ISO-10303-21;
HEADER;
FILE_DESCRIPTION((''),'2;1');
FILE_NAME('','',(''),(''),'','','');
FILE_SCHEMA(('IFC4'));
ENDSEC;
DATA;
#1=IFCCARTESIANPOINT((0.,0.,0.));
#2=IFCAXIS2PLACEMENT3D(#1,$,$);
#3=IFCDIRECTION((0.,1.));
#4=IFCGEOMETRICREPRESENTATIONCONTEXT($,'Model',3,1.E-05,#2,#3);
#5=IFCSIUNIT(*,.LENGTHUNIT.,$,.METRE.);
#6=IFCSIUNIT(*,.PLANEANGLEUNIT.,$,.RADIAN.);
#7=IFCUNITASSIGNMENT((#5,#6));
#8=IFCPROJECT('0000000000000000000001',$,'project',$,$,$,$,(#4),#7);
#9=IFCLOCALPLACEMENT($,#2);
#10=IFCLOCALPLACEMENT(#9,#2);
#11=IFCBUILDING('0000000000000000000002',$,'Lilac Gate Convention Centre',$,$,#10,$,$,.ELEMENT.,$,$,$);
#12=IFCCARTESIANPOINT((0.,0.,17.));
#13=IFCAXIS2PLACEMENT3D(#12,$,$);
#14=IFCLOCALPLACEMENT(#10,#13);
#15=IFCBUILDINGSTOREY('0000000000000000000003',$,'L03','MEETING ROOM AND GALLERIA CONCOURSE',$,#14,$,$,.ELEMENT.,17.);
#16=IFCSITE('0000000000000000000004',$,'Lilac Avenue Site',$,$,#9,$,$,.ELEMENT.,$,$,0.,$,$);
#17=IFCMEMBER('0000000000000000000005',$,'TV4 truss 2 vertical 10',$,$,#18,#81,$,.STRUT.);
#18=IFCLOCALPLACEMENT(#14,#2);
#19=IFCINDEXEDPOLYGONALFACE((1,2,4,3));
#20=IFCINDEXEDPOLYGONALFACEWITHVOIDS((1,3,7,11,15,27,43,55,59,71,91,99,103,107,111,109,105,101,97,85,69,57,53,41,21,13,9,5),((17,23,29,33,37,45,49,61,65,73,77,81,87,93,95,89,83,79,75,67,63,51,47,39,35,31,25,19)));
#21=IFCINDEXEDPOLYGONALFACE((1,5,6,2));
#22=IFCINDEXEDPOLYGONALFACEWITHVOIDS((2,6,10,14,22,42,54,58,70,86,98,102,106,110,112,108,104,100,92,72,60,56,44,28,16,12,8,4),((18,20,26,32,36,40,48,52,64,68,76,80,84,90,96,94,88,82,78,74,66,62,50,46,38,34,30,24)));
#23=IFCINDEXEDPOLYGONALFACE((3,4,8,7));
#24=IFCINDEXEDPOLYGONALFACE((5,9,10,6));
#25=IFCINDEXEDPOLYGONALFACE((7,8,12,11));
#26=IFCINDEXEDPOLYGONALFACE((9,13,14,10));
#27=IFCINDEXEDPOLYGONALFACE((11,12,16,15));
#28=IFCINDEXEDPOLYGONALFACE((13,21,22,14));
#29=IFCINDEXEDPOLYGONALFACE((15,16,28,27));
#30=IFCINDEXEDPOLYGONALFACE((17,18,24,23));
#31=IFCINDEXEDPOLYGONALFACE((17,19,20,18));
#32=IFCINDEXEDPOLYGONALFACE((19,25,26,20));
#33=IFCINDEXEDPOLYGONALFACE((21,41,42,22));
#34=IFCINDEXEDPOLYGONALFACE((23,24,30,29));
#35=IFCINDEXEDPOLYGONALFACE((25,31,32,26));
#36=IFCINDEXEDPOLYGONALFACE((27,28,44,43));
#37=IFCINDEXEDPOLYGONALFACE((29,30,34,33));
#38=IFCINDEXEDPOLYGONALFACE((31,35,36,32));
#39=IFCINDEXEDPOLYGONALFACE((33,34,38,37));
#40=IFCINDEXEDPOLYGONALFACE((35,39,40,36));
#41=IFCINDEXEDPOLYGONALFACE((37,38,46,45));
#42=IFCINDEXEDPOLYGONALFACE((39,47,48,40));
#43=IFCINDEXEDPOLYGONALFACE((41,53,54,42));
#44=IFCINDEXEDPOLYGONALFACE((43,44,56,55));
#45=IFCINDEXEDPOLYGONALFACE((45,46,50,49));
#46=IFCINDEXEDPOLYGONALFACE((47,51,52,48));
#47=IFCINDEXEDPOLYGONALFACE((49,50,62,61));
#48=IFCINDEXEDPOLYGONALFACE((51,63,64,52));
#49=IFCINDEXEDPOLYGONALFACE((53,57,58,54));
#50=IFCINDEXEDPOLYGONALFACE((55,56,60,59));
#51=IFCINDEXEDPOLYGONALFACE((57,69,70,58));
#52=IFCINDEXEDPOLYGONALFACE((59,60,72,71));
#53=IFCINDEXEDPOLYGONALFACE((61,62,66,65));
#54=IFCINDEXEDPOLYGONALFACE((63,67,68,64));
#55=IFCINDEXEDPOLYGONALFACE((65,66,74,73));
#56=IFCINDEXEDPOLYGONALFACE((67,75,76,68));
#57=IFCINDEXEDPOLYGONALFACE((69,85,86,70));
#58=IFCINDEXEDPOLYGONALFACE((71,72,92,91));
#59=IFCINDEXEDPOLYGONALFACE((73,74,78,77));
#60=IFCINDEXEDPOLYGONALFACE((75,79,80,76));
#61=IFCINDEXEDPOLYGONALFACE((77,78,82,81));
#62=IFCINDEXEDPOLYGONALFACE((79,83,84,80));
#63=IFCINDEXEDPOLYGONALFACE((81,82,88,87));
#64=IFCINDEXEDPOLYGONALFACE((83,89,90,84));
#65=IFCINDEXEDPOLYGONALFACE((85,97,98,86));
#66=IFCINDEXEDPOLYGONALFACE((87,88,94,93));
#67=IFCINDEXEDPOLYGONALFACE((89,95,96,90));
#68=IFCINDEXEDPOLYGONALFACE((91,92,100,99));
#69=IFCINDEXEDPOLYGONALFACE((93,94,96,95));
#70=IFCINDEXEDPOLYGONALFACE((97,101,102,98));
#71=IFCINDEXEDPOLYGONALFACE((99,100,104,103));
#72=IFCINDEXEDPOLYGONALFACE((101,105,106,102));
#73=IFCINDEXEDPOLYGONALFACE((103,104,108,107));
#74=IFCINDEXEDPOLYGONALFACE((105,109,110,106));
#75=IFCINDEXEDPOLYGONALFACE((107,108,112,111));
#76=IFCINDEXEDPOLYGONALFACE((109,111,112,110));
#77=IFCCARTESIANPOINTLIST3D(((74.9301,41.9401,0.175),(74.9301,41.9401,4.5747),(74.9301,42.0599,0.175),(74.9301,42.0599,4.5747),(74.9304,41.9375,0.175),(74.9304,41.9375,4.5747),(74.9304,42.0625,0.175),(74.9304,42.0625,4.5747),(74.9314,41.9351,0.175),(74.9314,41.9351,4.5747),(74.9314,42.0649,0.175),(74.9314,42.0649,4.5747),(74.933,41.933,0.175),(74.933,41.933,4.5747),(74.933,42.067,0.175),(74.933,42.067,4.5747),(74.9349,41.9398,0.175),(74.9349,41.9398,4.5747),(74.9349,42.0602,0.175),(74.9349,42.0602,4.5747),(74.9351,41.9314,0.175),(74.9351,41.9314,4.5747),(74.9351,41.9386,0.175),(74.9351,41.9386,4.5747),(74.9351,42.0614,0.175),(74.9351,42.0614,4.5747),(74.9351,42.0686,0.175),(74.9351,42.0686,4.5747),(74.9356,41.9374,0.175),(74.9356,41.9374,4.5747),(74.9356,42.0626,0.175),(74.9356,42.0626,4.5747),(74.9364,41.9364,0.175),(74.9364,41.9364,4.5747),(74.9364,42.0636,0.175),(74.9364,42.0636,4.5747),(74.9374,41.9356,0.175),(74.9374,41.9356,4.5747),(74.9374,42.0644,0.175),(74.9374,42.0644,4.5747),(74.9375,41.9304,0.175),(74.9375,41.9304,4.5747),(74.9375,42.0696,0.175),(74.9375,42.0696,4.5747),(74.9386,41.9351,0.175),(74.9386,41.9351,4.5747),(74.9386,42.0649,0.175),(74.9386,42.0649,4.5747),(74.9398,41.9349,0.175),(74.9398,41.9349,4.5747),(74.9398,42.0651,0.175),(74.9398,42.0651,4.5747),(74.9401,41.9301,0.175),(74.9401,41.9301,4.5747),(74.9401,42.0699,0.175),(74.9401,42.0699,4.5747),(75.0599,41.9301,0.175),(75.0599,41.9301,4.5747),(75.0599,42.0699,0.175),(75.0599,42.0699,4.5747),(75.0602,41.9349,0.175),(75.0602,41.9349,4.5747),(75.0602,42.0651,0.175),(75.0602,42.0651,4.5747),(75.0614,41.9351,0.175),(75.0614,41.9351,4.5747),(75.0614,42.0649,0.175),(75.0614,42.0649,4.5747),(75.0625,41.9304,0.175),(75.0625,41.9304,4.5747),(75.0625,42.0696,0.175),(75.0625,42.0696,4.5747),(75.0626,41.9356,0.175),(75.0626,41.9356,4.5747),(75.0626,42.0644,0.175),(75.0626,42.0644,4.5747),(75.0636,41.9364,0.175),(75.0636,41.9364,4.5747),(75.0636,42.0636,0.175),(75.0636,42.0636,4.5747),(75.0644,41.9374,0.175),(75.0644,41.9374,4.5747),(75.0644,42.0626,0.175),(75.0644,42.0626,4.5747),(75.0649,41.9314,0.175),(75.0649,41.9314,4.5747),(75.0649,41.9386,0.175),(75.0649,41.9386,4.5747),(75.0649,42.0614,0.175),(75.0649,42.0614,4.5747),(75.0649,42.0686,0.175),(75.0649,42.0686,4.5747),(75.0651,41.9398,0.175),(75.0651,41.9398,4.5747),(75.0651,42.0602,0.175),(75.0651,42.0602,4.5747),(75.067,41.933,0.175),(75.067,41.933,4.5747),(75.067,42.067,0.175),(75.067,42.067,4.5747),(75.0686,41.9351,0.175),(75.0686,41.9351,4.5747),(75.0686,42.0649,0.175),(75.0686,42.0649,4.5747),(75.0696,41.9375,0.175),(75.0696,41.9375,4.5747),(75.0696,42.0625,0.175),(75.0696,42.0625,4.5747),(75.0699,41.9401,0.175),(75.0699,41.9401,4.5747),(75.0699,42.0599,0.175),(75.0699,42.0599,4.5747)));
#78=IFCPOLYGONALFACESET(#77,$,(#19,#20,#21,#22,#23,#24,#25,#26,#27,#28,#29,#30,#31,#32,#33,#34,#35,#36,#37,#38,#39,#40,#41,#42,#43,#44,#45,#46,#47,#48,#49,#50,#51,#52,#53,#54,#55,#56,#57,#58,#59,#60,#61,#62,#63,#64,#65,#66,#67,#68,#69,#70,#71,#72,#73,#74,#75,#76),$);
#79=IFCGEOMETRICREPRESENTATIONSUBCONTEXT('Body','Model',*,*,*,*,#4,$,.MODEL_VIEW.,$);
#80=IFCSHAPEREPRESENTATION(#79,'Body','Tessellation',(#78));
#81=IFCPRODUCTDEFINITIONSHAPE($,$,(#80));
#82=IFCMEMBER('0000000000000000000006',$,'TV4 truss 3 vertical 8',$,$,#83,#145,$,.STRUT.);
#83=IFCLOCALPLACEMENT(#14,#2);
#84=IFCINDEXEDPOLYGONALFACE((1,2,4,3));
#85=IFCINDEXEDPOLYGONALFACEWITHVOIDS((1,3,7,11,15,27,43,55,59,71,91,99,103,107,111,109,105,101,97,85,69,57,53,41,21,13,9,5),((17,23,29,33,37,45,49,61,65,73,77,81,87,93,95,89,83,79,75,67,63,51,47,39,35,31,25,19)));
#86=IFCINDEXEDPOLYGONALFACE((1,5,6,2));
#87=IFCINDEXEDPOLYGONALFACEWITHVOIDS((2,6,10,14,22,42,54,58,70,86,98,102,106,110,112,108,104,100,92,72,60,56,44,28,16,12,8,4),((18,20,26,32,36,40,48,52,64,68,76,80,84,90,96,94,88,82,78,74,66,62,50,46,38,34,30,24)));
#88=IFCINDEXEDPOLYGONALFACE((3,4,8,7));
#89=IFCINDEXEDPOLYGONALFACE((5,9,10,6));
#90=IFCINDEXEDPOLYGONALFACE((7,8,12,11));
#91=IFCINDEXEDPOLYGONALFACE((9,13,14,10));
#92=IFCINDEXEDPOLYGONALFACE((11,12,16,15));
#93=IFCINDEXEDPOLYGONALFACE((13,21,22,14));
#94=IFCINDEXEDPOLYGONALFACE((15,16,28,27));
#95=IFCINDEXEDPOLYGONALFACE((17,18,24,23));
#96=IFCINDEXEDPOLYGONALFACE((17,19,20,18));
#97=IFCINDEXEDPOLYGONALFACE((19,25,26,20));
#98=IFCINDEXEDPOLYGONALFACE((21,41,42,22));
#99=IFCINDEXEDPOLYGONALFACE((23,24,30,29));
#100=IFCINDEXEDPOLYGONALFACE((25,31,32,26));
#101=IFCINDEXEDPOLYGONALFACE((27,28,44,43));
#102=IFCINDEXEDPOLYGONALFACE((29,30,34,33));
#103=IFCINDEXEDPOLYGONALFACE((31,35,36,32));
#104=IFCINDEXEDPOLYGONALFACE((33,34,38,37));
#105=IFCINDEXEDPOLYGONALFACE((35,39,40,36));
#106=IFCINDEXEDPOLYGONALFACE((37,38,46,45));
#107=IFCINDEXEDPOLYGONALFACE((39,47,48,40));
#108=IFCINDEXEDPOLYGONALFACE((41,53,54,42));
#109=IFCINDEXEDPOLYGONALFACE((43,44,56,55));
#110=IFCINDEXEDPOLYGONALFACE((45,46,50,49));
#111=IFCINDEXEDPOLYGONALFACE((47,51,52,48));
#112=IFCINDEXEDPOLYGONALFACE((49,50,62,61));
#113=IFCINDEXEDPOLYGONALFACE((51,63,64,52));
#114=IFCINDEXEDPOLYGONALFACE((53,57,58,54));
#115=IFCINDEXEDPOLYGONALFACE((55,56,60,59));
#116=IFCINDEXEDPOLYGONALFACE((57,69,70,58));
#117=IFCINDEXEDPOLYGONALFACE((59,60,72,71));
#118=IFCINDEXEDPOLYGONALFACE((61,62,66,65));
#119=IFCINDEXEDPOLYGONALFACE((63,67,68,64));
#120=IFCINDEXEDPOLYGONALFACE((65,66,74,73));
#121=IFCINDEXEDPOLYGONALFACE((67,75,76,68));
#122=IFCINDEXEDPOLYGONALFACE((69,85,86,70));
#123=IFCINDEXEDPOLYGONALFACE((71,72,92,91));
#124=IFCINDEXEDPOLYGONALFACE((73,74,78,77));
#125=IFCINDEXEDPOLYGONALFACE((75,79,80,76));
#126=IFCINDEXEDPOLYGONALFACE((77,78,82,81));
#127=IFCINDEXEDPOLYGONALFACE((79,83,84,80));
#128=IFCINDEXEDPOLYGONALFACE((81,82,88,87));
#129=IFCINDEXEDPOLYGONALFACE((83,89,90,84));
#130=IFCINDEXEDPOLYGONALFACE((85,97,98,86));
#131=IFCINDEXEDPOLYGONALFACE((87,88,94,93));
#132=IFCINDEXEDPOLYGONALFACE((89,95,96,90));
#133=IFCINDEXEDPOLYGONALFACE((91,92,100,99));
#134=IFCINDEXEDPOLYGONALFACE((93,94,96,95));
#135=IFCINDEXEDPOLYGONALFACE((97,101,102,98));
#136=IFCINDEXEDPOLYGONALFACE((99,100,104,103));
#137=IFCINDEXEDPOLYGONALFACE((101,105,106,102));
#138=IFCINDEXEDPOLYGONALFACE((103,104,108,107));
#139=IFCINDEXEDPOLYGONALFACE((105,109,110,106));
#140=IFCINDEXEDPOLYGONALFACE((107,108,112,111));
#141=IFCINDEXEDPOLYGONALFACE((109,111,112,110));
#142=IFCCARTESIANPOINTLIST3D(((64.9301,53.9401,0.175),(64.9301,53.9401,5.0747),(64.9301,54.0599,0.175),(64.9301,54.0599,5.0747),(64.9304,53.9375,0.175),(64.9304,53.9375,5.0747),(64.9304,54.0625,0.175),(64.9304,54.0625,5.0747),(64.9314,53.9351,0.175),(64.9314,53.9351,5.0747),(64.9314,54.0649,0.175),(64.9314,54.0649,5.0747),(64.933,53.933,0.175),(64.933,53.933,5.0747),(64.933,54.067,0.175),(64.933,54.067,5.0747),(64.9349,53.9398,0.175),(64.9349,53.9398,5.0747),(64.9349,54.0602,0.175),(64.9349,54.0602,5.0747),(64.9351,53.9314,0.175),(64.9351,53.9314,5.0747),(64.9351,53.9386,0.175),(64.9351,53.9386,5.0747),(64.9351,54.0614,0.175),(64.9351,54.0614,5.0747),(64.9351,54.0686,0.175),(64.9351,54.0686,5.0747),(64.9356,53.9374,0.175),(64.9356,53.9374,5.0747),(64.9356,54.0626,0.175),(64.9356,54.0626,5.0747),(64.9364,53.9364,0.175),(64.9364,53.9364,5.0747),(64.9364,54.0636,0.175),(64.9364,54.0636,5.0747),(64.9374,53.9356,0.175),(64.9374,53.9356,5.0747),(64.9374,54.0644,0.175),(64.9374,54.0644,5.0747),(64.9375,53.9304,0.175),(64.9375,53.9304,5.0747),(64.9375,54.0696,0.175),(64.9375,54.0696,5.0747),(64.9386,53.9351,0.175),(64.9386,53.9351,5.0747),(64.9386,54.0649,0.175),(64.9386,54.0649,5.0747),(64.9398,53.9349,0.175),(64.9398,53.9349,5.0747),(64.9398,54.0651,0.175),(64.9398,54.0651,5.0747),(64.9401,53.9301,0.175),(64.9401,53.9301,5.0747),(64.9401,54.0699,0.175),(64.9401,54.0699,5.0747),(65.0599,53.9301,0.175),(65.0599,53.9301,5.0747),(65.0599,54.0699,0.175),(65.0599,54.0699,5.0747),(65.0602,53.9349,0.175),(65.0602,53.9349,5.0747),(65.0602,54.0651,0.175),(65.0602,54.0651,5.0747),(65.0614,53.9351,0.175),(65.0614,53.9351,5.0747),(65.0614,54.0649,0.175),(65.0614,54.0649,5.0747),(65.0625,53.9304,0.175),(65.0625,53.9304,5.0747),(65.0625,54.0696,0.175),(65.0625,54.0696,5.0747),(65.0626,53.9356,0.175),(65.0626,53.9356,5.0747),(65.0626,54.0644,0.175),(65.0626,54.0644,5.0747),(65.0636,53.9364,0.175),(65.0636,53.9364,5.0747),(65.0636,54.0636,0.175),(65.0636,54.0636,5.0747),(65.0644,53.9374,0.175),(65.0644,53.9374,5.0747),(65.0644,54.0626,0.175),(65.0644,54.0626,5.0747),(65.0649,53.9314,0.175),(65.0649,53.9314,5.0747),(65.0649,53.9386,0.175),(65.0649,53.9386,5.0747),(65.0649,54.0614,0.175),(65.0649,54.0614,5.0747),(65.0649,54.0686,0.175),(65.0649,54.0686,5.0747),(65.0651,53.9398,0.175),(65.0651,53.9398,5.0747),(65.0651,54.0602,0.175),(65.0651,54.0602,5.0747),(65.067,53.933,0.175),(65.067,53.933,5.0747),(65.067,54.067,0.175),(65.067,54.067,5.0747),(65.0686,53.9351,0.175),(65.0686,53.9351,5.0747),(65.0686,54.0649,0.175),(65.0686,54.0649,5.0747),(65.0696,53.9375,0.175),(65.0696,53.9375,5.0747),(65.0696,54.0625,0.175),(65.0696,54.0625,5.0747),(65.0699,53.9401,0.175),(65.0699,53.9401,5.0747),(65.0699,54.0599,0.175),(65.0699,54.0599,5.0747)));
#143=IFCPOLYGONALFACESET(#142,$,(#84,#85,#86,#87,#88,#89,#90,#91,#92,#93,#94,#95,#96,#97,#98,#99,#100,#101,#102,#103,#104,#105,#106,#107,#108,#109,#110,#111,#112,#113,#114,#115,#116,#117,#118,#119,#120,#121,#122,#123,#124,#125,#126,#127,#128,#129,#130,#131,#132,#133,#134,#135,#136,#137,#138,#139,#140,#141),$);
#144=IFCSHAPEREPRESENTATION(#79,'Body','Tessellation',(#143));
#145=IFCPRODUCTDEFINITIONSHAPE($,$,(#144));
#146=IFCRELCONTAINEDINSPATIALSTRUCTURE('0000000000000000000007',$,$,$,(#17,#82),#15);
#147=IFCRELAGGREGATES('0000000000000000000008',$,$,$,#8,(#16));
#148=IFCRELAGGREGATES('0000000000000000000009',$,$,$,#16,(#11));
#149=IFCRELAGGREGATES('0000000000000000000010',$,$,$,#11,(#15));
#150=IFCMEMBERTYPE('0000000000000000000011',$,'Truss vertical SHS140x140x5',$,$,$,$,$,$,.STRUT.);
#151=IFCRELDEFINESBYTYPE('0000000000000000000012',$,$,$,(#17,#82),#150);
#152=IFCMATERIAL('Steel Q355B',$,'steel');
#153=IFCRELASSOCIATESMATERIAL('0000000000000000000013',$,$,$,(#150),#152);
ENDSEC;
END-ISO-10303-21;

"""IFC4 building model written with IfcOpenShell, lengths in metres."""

from ifc_helpers import new_model, si_unit, direction, frame, origin, origin_2d, place, context, subcontext, project, spatial, hollow_rectangle, extrude, material, material_profile, profile_set, type_object, element, save


model = new_model("IFC4")

# Units and contexts
model_context = context("Model", 3, precision=1e-05, world=origin(), true_north=direction((0.0, 1.0)))
body_context = subcontext(model_context, "Body", "Model", "MODEL_VIEW")
ifc_project = project(units=[si_unit("LENGTHUNIT", "METRE"), si_unit("PLANEANGLEUNIT", "RADIAN")], contexts=[model_context])

# Site, building, storey
site_placement = place(None, origin())
site = spatial("IfcSite", under=ifc_project, at=site_placement, Name="Lilac Avenue Site", CompositionType="ELEMENT", RefElevation=0.0)
building_placement = place(site_placement, origin())
building = spatial("IfcBuilding", under=site, at=building_placement, Name="Lilac Gate Convention Centre", CompositionType="ELEMENT")
storey_placement = place(building_placement, frame((0.0, 0.0, 17.0)))
storey = spatial("IfcBuildingStorey", under=building, at=storey_placement, Name="L03", Description="MEETING ROOM AND GALLERIA CONCOURSE", CompositionType="ELEMENT", Elevation=17.0)

# Members
ifc_material = material(Name="Steel Q355B", Category="steel")
ifc_material_profile_1 = material_profile(ifc_material, hollow_rectangle(XDim=0.1399, YDim=0.1399, WallThickness=0.0049, InnerFilletRadius=0.0049, OuterFilletRadius=0.01, at=origin_2d()), Name="SHS140x140x5")
ifc_profile_set_1 = profile_set([ifc_material_profile_1], Name="Steel Q355B")
member_type_1 = type_object("IfcMemberType", Name="Truss vertical SHS140x140x5", PredefinedType="STRUT", material=ifc_profile_set_1)
member_1_placement = place(storey_placement, frame((75.0, 42.0, 0.175), z_axis=(0.0, 0.0, 1.0), x_axis=(1.0, 0.0, 0.0)))
element("IfcMember", 1, at=member_1_placement, inside=storey, type_object=member_type_1, Name="TV4 truss 2 vertical 10", PredefinedType="STRUT", context=body_context, shape_type="SweptSolid", body=[
    extrude(hollow_rectangle(XDim=0.1399, YDim=0.1399, WallThickness=0.0049, InnerFilletRadius=0.0049, OuterFilletRadius=0.01, at=origin_2d()), origin(), (0.0, 0.0, 1.0), 4.3997),
])
member_2_placement = place(storey_placement, frame((65.0, 54.0, 0.175), z_axis=(0.0, 0.0, 1.0), x_axis=(1.0, 0.0, 0.0)))
element("IfcMember", 2, at=member_2_placement, inside=storey, type_object=member_type_1, Name="TV4 truss 3 vertical 8", PredefinedType="STRUT", context=body_context, shape_type="SweptSolid", body=[
    extrude(hollow_rectangle(XDim=0.1399, YDim=0.1399, WallThickness=0.0049, InnerFilletRadius=0.0049, OuterFilletRadius=0.01, at=origin_2d()), origin(), (0.0, 0.0, 1.0), 4.8997),
])

save(model, "model.ifc")
